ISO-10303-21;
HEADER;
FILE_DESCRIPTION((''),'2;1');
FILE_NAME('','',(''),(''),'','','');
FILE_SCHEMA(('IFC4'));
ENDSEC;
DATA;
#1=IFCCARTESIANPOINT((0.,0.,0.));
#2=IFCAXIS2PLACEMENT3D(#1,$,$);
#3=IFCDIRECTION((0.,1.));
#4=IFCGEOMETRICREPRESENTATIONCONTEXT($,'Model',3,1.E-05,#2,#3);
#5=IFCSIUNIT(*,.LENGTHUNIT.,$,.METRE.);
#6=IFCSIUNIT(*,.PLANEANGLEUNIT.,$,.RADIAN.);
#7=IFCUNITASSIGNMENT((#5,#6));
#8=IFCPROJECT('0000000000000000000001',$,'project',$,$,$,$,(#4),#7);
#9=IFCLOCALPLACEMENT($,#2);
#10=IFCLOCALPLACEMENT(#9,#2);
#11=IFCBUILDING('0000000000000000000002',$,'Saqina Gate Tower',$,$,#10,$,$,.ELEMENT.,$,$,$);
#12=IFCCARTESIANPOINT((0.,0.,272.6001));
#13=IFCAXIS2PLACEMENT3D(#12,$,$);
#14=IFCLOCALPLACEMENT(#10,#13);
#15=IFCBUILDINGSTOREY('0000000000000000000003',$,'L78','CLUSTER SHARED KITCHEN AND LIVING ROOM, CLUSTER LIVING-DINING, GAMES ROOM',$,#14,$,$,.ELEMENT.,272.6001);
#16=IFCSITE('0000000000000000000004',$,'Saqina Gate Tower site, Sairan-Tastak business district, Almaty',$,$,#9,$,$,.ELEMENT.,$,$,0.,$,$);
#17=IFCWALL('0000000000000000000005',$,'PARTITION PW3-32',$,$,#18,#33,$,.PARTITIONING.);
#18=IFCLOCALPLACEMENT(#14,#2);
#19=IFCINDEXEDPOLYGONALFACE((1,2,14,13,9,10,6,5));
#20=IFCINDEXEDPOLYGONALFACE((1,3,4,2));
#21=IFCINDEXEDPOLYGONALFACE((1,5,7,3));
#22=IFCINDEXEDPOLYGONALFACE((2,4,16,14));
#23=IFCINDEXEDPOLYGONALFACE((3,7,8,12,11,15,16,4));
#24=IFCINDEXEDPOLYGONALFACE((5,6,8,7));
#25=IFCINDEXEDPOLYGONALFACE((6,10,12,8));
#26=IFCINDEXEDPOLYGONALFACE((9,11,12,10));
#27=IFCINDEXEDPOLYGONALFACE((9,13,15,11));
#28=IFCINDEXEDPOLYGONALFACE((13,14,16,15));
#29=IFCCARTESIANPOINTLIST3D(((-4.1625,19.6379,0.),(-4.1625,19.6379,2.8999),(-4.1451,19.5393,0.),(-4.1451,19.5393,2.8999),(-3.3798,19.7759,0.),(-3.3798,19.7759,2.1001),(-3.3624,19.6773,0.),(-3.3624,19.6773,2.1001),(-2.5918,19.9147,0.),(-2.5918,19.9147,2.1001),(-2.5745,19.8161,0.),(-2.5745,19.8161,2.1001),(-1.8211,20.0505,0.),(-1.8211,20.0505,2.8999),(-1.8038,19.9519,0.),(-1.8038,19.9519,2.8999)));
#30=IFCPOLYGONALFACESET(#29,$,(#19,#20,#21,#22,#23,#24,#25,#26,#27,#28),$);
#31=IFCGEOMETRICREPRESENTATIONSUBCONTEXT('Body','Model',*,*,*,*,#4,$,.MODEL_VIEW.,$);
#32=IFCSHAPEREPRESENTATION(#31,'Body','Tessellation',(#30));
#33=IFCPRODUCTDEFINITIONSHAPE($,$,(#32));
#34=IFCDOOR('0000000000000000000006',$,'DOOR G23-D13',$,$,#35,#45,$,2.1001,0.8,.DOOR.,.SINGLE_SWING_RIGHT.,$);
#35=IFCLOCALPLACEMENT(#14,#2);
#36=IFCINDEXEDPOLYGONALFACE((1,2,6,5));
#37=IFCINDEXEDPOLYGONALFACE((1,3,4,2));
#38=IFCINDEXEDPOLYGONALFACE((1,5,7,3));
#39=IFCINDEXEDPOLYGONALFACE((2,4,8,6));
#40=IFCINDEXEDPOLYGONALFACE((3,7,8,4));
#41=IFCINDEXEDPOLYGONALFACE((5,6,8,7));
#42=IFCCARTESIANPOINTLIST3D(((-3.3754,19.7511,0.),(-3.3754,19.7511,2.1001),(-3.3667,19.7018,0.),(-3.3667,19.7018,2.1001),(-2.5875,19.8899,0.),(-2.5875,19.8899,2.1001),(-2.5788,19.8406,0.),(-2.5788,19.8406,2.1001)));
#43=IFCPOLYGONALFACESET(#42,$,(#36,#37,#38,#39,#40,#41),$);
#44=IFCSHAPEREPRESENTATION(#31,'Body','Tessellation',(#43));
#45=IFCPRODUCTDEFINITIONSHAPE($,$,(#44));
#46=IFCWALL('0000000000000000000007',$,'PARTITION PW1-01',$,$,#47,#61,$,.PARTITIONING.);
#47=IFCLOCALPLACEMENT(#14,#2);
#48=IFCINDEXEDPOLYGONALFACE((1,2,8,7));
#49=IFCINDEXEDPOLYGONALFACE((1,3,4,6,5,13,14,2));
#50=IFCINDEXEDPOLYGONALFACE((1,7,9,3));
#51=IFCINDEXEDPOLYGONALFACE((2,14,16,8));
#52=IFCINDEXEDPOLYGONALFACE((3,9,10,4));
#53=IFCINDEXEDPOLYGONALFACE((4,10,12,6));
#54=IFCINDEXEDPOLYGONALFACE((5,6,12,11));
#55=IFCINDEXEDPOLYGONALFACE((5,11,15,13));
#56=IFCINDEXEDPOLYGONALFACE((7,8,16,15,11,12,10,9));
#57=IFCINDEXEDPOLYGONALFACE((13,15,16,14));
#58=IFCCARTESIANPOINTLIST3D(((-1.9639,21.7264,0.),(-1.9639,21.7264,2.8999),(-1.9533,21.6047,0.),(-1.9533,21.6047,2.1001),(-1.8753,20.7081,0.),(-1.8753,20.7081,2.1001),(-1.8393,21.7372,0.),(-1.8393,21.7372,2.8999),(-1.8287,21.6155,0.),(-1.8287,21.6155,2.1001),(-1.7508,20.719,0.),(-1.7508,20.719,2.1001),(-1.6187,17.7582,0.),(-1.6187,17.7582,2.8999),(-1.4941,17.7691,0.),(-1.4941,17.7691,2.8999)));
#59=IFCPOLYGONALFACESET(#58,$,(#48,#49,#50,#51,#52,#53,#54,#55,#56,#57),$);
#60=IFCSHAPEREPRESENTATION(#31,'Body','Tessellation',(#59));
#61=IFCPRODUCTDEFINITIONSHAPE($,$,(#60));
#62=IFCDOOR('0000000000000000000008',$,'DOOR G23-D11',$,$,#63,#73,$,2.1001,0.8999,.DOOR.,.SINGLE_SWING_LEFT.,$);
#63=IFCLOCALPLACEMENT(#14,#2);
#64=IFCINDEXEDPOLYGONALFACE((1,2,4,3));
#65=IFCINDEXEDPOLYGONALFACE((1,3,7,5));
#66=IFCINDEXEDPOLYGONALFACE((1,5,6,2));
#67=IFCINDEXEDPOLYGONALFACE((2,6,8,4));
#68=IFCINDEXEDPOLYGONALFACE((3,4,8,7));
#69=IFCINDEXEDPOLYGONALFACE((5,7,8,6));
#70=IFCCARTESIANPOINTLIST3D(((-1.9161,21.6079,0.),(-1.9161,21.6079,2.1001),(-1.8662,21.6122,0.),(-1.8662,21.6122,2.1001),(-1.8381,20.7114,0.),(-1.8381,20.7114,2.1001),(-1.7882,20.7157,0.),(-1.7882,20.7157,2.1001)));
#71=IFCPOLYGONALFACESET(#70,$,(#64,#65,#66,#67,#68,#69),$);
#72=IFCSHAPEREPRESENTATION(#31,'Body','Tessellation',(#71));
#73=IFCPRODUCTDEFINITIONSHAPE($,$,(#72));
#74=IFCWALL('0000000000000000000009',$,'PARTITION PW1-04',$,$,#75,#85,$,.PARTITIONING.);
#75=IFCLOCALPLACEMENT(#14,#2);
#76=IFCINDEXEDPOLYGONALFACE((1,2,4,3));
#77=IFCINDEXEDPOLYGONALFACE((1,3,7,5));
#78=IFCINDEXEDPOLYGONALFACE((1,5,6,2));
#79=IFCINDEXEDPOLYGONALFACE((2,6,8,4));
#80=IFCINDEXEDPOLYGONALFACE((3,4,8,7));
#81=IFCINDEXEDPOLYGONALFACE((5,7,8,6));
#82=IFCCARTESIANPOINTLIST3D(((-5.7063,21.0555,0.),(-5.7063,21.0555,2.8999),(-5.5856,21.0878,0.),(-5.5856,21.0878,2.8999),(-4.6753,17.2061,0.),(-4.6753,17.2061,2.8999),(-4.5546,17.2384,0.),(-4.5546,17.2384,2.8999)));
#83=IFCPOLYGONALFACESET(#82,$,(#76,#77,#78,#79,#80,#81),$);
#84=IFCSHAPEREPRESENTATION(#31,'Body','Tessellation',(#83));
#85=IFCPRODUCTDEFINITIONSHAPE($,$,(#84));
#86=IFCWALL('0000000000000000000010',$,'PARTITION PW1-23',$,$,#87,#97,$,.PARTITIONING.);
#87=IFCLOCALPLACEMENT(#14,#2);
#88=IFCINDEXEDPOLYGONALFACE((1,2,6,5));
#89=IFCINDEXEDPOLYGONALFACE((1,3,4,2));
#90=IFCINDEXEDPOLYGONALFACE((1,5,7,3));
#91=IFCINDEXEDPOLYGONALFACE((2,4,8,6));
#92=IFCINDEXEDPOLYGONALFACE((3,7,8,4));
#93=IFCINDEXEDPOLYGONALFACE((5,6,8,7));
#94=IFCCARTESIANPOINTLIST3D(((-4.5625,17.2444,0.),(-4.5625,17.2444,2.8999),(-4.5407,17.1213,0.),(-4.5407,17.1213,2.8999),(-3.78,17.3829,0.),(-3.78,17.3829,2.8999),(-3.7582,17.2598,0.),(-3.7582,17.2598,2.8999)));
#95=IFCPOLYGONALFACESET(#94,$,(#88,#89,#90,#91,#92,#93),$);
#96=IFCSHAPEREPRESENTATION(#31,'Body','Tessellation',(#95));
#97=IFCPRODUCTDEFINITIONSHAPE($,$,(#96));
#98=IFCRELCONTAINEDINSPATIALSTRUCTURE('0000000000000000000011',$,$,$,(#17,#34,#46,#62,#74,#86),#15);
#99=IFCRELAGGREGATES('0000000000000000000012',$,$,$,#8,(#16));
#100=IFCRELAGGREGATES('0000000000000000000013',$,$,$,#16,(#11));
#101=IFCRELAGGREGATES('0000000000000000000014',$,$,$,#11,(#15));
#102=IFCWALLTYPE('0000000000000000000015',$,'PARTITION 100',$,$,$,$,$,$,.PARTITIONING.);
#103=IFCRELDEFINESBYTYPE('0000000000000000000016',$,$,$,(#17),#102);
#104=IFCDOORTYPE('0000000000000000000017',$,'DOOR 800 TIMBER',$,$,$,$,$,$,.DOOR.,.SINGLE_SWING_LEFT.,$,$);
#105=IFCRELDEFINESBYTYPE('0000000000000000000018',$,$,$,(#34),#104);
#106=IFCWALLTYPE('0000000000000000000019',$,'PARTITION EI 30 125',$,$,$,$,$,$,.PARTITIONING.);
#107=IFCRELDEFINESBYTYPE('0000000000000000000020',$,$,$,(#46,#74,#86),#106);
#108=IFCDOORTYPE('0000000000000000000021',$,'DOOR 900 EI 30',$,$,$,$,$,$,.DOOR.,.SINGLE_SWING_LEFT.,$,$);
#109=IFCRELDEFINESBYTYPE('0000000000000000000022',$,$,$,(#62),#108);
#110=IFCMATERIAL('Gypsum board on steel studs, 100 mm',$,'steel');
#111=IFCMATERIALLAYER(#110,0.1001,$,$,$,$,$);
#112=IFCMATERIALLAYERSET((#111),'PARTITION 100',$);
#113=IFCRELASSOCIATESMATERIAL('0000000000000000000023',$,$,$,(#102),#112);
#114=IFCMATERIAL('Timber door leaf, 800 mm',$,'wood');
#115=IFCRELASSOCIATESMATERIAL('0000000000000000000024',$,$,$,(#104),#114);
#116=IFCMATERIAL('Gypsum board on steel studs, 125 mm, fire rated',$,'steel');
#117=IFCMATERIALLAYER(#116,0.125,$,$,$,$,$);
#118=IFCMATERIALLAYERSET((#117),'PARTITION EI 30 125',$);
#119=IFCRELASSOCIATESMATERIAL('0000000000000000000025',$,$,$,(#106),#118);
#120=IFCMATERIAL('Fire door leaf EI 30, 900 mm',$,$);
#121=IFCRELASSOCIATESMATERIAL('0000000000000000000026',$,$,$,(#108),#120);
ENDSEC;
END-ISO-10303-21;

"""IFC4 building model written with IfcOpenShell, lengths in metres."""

from ifc_helpers import new_model, si_unit, direction, frame, frame_2d, origin, place, context, subcontext, project, spatial, rectangle, extrude, material, layer, layer_set, type_object, element, fill, save


model = new_model("IFC4")

# Units and contexts
model_context = context("Model", 3, precision=1e-05, world=origin(), true_north=direction((0.0, 1.0)))
body_context = subcontext(model_context, "Body", "Model", "MODEL_VIEW")
ifc_project = project(units=[si_unit("LENGTHUNIT", "METRE"), si_unit("PLANEANGLEUNIT", "RADIAN")], contexts=[model_context])

# Site, building, storey
site_placement = place(None, origin())
site = spatial("IfcSite", under=ifc_project, at=site_placement, Name="Saqina Gate Tower site, Sairan-Tastak business district, Almaty", CompositionType="ELEMENT", RefElevation=0.0)
building_placement = place(site_placement, origin())
building = spatial("IfcBuilding", under=site, at=building_placement, Name="Saqina Gate Tower", CompositionType="ELEMENT")
storey_placement = place(building_placement, frame((0.0, 0.0, 272.6001)))
storey = spatial("IfcBuildingStorey", under=building, at=storey_placement, Name="L78", Description="CLUSTER SHARED KITCHEN AND LIVING ROOM, CLUSTER LIVING-DINING, GAMES ROOM", CompositionType="ELEMENT", Elevation=272.6001)

# Shared definitions
ifc_material_1 = material(Name="Gypsum board on steel studs, 100 mm", Category="steel")
ifc_layer_1 = layer(ifc_material_1, 0.1001)
ifc_layer_set_1 = layer_set([ifc_layer_1], Name="PARTITION 100")
wall_type_1 = type_object("IfcWallType", Name="PARTITION 100", PredefinedType="PARTITIONING", material=ifc_layer_set_1)

# Walls, openings, doors
wall_1_placement = place(storey_placement, frame((-4.1538, 19.5886, 0.0), z_axis=(0.0, 0.0, 1.0), x_axis=(0.984825, 0.173551, 0.0)))
wall_1 = element("IfcWall", 1, at=wall_1_placement, inside=storey, type_object=wall_type_1, Name="PARTITION PW3-32", PredefinedType="PARTITIONING", context=body_context, shape_type="SweptSolid", body=[
    extrude(rectangle(XDim=2.3774, YDim=0.1001, at=frame_2d((1.1887, 0.0))), origin(), (0.0, 0.0, 1.0), 2.8999),
])
opening_1_placement = place(wall_1_placement, frame((0.7949, 0.0, 0.0)))
opening_1 = element("IfcOpeningElement", 2, at=opening_1_placement, cuts=wall_1, PredefinedType="OPENING", context=body_context, shape_type="SweptSolid", body=[
    extrude(rectangle(XDim=0.8, YDim=2.1001, at=frame_2d((0.3999, 1.05))), frame((0.0, 0.062, 0.0), z_axis=(0.0, -1.0, 0.0), x_axis=(1.0, 0.0, 0.0)), (0.0, 0.0, 1.0), 0.124),
])
ifc_material_2 = material(Name="Timber door leaf, 800 mm", Category="wood")
door_type_1 = type_object("IfcDoorType", Name="DOOR 800 TIMBER", OperationType="SINGLE_SWING_LEFT", PredefinedType="DOOR", material=ifc_material_2)
door_1_placement = place(opening_1_placement, origin())
door_1 = element("IfcDoor", 3, at=door_1_placement, inside=storey, type_object=door_type_1, Name="DOOR G23-D13", OperationType="SINGLE_SWING_RIGHT", OverallHeight=2.1001, OverallWidth=0.8, PredefinedType="DOOR", context=body_context, shape_type="SweptSolid", body=[
    extrude(rectangle(XDim=0.8, YDim=2.1001, at=frame_2d((0.3999, 1.05))), frame((0.0, 0.0249, 0.0), z_axis=(0.0, -1.0, 0.0), x_axis=(1.0, 0.0, 0.0)), (0.0, 0.0, 1.0), 0.05),
])
fill(opening_1, door_1)
ifc_material_3 = material(Name="Gypsum board on steel studs, 125 mm, fire rated", Category="steel")
ifc_layer_2 = layer(ifc_material_3, 0.125)
ifc_layer_set_2 = layer_set([ifc_layer_2], Name="PARTITION EI 30 125")
wall_type_2 = type_object("IfcWallType", Name="PARTITION EI 30 125", PredefinedType="PARTITIONING", material=ifc_layer_set_2)
wall_2_placement = place(storey_placement, frame((-1.9016, 21.7319, 0.0), z_axis=(0.0, 0.0, 1.0), x_axis=(0.086667, -0.996237, 0.0)))
wall_2 = element("IfcWall", 4, at=wall_2_placement, inside=storey, type_object=wall_type_2, Name="PARTITION PW1-01", PredefinedType="PARTITIONING", context=body_context, shape_type="SweptSolid", body=[
    extrude(rectangle(XDim=3.9832, YDim=0.125, at=frame_2d((1.9917, 0.0))), origin(), (0.0, 0.0, 1.0), 2.8999),
])
opening_2_placement = place(wall_2_placement, frame((0.1223, 0.0, 0.0)))
opening_2 = element("IfcOpeningElement", 5, at=opening_2_placement, cuts=wall_2, PredefinedType="OPENING", context=body_context, shape_type="SweptSolid", body=[
    extrude(rectangle(XDim=0.8999, YDim=2.1001, at=frame_2d((0.45, 1.05))), frame((0.0, 0.0745, 0.0), z_axis=(0.0, -1.0, 0.0), x_axis=(1.0, 0.0, 0.0)), (0.0, 0.0, 1.0), 0.1489),
])
ifc_material_4 = material(Name="Fire door leaf EI 30, 900 mm")
door_type_2 = type_object("IfcDoorType", Name="DOOR 900 EI 30", OperationType="SINGLE_SWING_LEFT", PredefinedType="DOOR", material=ifc_material_4)
door_2_placement = place(opening_2_placement, origin())
door_2 = element("IfcDoor", 6, at=door_2_placement, inside=storey, type_object=door_type_2, Name="DOOR G23-D11", OperationType="SINGLE_SWING_LEFT", OverallHeight=2.1001, OverallWidth=0.8999, PredefinedType="DOOR", context=body_context, shape_type="SweptSolid", body=[
    extrude(rectangle(XDim=0.8999, YDim=2.1001, at=frame_2d((0.45, 1.05))), frame((0.0, 0.0249, 0.0), z_axis=(0.0, -1.0, 0.0), x_axis=(1.0, 0.0, 0.0)), (0.0, 0.0, 1.0), 0.05),
])
fill(opening_2, door_2)

# Walls
wall_3_placement = place(storey_placement, frame((-5.646, 21.0718, 0.0), z_axis=(0.0, 0.0, 1.0), x_axis=(0.258719, -0.965953, 0.0)))
element("IfcWall", 7, at=wall_3_placement, inside=storey, type_object=wall_type_2, Name="PARTITION PW1-04", PredefinedType="PARTITIONING", context=body_context, shape_type="SweptSolid", body=[
    extrude(rectangle(XDim=3.9851, YDim=0.125, at=frame_2d((1.9927, 0.0))), origin(), (0.0, 0.0, 1.0), 2.8999),
])
wall_4_placement = place(storey_placement, frame((-4.5518, 17.1829, 0.0), z_axis=(0.0, 0.0, 1.0), x_axis=(0.984709, 0.174206, 0.0)))
element("IfcWall", 8, at=wall_4_placement, inside=storey, type_object=wall_type_2, Name="PARTITION PW1-23", PredefinedType="PARTITIONING", context=body_context, shape_type="SweptSolid", body=[
    extrude(rectangle(XDim=0.7947, YDim=0.125, at=frame_2d((0.3975, 0.0))), origin(), (0.0, 0.0, 1.0), 2.8999),
])

save(model, "model.ifc")
